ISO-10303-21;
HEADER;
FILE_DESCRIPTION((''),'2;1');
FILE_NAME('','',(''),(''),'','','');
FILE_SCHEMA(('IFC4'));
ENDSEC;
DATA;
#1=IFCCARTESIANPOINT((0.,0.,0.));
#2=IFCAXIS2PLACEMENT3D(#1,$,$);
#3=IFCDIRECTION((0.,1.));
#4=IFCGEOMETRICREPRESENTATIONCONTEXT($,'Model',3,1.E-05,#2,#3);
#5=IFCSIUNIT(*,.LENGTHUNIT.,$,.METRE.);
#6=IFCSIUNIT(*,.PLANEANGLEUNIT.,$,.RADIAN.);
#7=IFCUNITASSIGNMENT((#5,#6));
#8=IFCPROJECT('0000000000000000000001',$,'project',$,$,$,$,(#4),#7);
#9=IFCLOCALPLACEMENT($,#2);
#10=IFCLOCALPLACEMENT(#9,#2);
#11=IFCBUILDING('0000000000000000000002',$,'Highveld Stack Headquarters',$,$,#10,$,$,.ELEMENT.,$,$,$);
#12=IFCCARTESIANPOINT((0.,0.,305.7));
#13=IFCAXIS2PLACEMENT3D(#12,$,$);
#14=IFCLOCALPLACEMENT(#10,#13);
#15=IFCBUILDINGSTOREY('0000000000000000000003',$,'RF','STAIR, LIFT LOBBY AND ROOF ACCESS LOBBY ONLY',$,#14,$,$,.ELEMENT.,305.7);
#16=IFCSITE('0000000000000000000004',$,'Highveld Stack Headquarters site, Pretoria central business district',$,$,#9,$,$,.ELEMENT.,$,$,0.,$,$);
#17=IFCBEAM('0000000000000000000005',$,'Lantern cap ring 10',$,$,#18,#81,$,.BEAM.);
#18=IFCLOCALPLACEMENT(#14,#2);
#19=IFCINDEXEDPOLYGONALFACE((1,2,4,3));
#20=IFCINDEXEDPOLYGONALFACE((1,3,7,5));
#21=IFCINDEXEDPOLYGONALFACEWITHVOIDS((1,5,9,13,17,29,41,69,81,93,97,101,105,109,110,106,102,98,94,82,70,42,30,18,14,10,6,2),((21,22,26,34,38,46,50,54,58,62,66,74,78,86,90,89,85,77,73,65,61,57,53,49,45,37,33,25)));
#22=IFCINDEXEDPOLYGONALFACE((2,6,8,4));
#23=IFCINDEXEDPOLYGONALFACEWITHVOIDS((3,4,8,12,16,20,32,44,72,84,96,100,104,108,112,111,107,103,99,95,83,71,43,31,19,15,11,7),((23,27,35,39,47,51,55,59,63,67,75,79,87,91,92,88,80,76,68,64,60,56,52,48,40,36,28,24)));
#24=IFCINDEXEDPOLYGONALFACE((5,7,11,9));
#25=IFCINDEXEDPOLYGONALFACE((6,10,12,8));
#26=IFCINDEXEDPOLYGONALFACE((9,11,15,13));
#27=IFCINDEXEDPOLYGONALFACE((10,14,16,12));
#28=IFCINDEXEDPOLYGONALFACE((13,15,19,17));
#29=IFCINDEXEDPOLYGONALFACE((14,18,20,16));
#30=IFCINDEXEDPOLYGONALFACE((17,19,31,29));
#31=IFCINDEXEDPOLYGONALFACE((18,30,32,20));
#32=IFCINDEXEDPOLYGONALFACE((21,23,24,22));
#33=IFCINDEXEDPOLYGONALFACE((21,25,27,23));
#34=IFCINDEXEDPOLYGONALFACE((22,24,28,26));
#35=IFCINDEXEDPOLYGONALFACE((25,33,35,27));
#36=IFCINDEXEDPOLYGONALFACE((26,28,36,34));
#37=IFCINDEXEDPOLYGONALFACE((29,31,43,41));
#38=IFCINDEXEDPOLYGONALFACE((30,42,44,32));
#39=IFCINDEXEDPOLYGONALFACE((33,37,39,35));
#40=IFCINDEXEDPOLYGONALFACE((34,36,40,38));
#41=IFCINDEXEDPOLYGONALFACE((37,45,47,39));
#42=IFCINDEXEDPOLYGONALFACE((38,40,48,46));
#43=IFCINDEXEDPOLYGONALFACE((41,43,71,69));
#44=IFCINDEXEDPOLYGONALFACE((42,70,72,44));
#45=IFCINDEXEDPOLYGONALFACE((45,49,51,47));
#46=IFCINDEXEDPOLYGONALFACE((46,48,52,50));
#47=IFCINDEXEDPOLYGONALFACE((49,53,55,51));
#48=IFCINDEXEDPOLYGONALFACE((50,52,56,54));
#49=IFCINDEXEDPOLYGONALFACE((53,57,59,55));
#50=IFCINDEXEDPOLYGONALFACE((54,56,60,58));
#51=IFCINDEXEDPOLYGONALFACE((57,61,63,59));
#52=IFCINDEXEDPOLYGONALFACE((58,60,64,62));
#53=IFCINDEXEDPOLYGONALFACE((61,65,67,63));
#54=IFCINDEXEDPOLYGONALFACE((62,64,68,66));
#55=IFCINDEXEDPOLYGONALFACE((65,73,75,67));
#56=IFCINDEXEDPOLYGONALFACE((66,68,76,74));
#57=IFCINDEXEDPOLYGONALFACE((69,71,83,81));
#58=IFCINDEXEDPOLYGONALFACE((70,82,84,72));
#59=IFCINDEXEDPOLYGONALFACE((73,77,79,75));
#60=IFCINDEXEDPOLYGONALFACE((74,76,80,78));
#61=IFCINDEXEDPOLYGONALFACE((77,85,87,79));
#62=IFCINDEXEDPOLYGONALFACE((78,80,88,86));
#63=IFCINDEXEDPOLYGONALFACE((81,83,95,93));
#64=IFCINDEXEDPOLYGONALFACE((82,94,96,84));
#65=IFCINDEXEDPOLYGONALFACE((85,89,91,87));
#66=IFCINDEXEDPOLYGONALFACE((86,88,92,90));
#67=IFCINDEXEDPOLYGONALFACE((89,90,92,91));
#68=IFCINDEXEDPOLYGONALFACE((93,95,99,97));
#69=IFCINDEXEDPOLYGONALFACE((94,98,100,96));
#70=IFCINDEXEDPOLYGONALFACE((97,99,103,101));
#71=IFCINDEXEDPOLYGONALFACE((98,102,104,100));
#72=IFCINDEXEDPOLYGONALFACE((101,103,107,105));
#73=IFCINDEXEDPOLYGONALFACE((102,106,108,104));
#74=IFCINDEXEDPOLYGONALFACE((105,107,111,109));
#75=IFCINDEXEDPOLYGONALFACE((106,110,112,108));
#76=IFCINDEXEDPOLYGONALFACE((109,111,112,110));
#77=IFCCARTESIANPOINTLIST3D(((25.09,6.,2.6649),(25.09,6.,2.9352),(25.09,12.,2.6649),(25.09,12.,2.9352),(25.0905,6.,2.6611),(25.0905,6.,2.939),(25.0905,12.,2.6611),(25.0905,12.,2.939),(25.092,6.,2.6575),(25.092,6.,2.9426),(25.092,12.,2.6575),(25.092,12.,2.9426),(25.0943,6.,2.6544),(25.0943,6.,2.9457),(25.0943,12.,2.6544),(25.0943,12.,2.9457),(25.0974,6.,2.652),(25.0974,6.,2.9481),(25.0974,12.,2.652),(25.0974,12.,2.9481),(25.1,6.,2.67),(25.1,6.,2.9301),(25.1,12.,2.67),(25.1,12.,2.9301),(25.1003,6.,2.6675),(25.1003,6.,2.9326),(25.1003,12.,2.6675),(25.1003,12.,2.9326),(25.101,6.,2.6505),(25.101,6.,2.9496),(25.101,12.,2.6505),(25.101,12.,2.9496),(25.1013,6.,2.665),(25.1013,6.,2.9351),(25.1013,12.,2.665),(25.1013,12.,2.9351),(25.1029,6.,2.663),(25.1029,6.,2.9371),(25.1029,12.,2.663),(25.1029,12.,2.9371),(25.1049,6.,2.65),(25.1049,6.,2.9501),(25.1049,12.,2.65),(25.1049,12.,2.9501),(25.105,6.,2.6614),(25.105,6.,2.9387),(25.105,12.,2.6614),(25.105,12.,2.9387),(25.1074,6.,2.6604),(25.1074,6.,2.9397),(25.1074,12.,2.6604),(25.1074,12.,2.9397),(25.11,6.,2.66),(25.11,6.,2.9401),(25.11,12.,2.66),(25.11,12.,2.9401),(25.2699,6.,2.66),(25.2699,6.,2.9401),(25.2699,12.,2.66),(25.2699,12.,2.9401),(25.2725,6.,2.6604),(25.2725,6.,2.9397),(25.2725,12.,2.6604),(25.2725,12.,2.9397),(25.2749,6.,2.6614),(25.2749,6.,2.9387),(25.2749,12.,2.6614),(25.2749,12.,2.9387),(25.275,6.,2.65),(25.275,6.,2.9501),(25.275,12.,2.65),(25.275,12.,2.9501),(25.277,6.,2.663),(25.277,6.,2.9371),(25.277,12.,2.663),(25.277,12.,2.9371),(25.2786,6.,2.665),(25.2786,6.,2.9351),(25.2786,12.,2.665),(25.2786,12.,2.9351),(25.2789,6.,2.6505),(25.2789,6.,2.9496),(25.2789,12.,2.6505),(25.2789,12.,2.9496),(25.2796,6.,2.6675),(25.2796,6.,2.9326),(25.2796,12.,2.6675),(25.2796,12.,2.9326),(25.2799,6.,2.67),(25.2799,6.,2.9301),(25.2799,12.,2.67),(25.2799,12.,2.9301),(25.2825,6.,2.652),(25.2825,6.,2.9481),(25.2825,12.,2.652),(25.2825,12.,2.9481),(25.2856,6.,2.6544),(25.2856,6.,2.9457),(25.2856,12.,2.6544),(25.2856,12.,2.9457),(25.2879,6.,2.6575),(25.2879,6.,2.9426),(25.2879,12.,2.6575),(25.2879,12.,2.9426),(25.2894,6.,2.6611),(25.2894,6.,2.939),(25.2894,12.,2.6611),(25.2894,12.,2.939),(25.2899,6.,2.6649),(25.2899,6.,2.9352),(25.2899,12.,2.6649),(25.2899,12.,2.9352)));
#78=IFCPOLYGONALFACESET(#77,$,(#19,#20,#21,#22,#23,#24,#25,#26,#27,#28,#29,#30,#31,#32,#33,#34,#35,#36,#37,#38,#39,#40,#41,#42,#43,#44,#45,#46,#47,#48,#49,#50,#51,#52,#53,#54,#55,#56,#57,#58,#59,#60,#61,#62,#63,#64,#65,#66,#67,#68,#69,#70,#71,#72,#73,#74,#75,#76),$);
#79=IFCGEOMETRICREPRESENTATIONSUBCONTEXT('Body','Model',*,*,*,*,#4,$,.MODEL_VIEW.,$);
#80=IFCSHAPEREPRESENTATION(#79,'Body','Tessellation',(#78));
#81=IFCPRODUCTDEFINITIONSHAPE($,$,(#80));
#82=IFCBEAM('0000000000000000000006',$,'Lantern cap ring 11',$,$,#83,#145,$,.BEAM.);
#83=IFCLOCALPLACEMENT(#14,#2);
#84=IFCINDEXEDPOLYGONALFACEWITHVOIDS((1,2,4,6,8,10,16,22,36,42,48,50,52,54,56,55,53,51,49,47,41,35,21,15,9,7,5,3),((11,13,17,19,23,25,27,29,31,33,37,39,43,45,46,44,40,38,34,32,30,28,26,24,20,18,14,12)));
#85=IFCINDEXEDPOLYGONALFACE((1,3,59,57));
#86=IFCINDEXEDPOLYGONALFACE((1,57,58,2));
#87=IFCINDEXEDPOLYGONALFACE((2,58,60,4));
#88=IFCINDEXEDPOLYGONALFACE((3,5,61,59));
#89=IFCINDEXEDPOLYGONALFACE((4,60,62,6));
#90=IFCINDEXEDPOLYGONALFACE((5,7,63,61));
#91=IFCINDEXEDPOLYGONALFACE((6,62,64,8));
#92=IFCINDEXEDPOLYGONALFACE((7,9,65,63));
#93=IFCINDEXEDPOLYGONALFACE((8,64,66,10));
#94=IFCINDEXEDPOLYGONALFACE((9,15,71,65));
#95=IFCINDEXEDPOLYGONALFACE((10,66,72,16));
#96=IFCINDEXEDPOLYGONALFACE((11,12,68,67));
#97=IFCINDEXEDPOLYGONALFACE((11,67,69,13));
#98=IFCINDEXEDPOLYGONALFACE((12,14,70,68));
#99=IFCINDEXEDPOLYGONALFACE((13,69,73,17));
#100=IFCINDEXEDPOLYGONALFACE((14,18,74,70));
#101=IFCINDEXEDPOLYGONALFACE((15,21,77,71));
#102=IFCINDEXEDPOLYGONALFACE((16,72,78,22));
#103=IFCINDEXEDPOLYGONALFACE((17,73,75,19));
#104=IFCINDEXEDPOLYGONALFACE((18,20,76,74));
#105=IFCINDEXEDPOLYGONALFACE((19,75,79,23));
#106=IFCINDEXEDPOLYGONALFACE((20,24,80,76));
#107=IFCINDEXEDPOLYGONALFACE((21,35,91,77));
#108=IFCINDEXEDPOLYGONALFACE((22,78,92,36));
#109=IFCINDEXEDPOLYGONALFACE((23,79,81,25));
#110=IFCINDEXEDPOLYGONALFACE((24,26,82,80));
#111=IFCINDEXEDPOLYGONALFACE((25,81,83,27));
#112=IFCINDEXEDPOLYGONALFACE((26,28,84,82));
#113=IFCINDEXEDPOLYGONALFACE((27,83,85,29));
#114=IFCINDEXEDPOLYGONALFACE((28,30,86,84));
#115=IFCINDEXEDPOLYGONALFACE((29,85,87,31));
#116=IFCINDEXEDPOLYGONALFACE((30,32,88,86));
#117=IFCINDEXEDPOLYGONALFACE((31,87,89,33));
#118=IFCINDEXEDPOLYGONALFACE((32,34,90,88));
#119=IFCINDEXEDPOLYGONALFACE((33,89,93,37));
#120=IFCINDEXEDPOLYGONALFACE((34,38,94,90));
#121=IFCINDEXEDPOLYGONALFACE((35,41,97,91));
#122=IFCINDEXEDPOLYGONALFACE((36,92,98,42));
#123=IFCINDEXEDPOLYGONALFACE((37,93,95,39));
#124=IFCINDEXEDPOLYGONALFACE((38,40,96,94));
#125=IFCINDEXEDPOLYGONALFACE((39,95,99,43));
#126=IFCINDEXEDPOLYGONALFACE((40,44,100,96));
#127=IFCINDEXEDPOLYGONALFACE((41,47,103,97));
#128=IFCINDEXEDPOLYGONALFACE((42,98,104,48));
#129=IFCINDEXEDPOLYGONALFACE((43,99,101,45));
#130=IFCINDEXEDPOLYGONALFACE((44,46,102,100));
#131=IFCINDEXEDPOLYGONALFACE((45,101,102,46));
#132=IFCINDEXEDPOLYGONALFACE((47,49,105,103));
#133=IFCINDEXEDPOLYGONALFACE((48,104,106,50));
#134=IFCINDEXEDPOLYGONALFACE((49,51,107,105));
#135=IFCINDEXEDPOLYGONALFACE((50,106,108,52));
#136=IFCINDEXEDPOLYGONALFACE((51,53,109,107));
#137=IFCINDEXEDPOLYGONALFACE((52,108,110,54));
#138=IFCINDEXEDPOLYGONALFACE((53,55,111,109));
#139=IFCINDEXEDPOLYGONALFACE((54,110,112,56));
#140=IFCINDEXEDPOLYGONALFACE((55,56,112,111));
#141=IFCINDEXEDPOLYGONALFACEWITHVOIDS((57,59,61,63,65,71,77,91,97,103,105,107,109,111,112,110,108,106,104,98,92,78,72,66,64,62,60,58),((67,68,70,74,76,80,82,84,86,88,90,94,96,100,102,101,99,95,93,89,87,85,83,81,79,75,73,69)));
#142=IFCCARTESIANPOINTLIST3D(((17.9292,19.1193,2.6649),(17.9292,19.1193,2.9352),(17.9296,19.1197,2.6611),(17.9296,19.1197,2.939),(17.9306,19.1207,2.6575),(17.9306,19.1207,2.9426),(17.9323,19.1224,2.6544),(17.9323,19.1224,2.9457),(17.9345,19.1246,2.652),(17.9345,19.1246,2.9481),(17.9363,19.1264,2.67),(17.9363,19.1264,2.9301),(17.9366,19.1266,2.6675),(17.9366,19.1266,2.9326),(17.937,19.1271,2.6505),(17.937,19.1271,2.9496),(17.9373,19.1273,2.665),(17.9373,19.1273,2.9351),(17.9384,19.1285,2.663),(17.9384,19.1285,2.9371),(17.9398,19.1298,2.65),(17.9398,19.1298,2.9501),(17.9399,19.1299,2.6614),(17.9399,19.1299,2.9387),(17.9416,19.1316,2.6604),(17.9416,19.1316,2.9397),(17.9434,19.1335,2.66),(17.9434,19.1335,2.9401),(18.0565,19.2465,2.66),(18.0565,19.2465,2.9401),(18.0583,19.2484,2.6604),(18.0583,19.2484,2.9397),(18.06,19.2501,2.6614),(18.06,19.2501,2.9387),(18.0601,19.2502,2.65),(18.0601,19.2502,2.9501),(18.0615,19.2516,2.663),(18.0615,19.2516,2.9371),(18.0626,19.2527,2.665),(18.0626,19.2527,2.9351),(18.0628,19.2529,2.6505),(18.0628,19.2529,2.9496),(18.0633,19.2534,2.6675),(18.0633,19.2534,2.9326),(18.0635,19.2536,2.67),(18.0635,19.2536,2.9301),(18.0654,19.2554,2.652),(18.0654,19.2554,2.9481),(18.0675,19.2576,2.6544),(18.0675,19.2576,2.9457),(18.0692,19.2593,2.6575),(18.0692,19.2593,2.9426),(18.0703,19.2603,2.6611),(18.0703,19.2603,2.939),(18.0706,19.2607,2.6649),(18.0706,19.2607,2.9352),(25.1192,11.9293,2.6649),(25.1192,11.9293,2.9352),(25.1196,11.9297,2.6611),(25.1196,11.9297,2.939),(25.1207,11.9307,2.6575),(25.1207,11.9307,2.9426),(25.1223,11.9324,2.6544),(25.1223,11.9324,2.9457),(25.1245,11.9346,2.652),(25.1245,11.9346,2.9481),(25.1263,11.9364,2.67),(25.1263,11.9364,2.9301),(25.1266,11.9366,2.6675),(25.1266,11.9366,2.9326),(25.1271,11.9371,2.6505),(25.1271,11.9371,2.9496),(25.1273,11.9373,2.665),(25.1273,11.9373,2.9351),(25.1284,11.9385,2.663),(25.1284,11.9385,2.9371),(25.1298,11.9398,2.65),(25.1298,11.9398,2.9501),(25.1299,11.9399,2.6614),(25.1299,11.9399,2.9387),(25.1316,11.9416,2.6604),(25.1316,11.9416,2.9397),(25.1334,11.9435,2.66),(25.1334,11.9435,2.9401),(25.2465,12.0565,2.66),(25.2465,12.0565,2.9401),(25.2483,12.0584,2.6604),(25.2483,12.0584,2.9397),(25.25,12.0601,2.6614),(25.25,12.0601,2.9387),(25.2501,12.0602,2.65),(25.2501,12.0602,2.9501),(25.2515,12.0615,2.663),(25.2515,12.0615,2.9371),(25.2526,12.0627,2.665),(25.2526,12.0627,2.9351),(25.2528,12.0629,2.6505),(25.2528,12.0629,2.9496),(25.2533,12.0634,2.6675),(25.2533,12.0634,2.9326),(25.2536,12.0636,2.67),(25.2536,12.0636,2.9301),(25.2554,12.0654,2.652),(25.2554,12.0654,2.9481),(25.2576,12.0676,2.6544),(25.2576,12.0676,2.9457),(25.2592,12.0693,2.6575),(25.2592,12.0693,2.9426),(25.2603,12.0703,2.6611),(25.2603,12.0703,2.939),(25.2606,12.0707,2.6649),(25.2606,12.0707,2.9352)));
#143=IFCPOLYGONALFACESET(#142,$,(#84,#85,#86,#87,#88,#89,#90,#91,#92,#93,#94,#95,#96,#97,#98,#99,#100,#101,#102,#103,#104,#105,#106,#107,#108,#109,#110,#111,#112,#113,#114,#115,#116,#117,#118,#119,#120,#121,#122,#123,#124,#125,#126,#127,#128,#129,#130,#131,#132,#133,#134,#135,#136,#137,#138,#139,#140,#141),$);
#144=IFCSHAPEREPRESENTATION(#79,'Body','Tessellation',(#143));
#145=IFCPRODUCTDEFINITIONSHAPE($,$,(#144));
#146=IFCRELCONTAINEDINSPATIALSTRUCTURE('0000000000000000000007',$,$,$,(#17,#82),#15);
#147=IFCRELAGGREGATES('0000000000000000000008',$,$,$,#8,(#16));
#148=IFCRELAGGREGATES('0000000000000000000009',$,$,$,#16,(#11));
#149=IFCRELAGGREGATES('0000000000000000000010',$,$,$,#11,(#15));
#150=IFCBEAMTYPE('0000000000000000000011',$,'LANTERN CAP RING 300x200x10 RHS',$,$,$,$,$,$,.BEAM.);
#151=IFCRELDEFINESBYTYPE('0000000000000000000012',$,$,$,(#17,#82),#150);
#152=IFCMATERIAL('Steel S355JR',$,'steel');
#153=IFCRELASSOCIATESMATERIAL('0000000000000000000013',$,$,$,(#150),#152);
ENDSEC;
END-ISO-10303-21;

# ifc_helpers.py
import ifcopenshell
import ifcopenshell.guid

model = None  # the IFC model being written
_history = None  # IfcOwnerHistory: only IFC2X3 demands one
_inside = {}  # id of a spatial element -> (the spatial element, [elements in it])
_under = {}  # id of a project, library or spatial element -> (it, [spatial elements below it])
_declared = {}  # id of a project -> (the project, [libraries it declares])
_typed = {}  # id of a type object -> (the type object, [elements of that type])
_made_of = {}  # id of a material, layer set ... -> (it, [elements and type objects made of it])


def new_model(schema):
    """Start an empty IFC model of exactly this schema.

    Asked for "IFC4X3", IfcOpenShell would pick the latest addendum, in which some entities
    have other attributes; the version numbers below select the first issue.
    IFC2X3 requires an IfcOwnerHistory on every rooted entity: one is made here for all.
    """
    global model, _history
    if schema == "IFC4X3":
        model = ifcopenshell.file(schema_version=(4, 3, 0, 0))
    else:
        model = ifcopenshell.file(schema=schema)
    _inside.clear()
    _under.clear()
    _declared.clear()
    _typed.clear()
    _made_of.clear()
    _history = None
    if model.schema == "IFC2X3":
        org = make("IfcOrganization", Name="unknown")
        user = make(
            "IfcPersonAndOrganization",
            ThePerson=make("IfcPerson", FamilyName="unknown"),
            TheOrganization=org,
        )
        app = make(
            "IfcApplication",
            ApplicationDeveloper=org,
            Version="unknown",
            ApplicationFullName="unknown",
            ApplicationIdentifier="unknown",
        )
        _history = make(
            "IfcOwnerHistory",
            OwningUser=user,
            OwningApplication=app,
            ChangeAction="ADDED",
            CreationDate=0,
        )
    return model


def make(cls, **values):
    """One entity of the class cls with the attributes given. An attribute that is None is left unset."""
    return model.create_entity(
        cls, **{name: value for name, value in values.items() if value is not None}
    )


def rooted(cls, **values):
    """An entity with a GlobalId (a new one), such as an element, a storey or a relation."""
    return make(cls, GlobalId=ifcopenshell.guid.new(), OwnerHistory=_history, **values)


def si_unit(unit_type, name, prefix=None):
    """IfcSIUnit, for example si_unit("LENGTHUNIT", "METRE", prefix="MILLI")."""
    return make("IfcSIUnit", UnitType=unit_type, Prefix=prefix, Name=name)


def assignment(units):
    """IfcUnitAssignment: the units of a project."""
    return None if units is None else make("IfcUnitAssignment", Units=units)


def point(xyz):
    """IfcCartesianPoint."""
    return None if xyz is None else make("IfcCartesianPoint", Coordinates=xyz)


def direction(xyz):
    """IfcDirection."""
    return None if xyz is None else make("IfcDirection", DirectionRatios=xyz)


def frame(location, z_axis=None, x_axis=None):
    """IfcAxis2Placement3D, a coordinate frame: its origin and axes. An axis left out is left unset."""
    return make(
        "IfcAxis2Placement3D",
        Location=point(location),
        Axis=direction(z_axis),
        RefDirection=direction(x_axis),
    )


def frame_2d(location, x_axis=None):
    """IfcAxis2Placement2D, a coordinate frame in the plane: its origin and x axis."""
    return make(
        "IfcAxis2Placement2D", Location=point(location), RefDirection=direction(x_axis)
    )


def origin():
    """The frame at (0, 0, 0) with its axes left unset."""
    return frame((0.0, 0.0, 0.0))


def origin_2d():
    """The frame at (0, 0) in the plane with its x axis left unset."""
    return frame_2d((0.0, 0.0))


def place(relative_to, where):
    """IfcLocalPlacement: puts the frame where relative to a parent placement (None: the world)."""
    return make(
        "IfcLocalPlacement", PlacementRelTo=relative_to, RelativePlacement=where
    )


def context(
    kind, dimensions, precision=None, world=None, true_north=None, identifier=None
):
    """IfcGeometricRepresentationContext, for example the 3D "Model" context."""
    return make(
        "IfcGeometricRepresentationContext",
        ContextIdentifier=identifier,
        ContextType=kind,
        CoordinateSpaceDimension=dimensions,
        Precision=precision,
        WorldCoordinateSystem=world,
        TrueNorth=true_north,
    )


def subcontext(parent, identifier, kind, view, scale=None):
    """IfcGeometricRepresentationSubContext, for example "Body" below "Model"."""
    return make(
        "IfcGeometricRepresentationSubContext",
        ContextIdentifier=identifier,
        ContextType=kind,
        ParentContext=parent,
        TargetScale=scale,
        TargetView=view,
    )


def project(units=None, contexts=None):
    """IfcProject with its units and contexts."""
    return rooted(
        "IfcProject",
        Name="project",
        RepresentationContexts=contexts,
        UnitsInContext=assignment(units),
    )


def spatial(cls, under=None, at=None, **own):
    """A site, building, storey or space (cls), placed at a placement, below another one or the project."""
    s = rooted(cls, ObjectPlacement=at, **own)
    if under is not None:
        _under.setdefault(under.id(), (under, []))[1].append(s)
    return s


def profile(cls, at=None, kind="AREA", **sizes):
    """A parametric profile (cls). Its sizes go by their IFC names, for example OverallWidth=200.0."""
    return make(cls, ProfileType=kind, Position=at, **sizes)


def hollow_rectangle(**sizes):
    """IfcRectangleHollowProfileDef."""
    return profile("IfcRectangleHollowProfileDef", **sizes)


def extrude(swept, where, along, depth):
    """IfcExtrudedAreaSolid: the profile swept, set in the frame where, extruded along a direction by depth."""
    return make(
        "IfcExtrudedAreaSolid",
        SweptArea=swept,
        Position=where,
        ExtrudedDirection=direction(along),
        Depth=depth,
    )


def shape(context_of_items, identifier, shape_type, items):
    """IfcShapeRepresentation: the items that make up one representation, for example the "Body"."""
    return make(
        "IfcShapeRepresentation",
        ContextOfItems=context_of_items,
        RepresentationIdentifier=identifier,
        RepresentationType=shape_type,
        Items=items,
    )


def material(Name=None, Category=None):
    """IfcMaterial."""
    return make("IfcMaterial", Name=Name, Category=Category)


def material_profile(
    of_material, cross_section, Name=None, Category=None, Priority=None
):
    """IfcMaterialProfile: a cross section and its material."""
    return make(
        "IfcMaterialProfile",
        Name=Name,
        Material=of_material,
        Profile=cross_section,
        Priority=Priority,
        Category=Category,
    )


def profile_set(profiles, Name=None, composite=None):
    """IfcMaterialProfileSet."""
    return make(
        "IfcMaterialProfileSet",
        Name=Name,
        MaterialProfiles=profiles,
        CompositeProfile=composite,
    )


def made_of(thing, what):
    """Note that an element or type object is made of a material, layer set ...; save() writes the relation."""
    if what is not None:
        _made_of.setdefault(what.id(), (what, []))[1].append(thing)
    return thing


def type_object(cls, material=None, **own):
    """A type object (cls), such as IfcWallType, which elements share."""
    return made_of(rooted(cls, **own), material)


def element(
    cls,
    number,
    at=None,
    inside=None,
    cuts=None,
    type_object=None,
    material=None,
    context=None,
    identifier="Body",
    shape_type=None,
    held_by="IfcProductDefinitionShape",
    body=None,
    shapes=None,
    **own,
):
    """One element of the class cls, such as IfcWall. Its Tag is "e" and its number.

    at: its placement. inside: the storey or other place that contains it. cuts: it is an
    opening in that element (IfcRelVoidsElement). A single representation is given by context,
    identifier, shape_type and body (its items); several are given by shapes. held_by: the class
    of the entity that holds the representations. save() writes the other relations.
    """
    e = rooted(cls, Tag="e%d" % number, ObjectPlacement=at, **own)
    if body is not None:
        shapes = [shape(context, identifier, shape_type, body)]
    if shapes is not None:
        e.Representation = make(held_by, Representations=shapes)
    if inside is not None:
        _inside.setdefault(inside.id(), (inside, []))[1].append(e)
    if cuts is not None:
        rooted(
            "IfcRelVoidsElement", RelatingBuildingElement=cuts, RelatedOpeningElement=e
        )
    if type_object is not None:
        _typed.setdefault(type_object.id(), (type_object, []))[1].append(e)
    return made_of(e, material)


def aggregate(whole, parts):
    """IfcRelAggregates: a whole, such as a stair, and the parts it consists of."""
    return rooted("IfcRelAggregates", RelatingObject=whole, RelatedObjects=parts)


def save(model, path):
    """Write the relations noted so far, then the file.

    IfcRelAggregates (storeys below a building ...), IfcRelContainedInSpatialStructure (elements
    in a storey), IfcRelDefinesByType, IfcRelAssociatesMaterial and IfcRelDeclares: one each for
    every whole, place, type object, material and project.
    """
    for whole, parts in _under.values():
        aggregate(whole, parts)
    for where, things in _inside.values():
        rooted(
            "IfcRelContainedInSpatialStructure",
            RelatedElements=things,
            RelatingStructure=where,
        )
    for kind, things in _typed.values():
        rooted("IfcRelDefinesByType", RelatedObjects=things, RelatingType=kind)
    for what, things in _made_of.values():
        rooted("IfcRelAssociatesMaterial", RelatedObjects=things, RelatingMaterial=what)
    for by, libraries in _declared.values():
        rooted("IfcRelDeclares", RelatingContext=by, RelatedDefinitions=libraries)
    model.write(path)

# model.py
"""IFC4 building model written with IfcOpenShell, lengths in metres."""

from ifc_helpers import new_model, si_unit, direction, frame, origin, origin_2d, place, context, subcontext, project, spatial, hollow_rectangle, extrude, material, material_profile, profile_set, type_object, element, save


model = new_model("IFC4")

# Units and contexts
model_context = context("Model", 3, precision=1e-05, world=origin(), true_north=direction((0.0, 1.0)))
body_context = subcontext(model_context, "Body", "Model", "MODEL_VIEW")
ifc_project = project(units=[si_unit("LENGTHUNIT", "METRE"), si_unit("PLANEANGLEUNIT", "RADIAN")], contexts=[model_context])

# Site, building, storey
site_placement = place(None, origin())
site = spatial("IfcSite", under=ifc_project, at=site_placement, Name="Highveld Stack Headquarters site, Pretoria central business district", CompositionType="ELEMENT", RefElevation=0.0)
building_placement = place(site_placement, origin())
building = spatial("IfcBuilding", under=site, at=building_placement, Name="Highveld Stack Headquarters", CompositionType="ELEMENT")
storey_placement = place(building_placement, frame((0.0, 0.0, 305.7)))
storey = spatial("IfcBuildingStorey", under=building, at=storey_placement, Name="RF", Description="STAIR, LIFT LOBBY AND ROOF ACCESS LOBBY ONLY", CompositionType="ELEMENT", Elevation=305.7)

# Beams
ifc_material_1 = material(Name="Steel S355JR", Category="steel")
ifc_material_profile_1 = material_profile(ifc_material_1, hollow_rectangle(XDim=0.2, YDim=0.3, WallThickness=0.01, InnerFilletRadius=0.01, OuterFilletRadius=0.0149, at=origin_2d()), Name="300x200x10 RHS")
ifc_profile_set_1 = profile_set([ifc_material_profile_1], Name="Steel S355JR")
beam_type_1 = type_object("IfcBeamType", Name="LANTERN CAP RING 300x200x10 RHS", PredefinedType="BEAM", material=ifc_profile_set_1)
beam_1_placement = place(storey_placement, frame((25.1899, 6.0, 2.8), z_axis=(0.0, 1.0, 0.0), x_axis=(-1.0, 0.0, 0.0)))
element("IfcBeam", 1, at=beam_1_placement, inside=storey, type_object=beam_type_1, Name="Lantern cap ring 10", PredefinedType="BEAM", context=body_context, shape_type="SweptSolid", body=[
    extrude(hollow_rectangle(XDim=0.2, YDim=0.3, WallThickness=0.01, InnerFilletRadius=0.01, OuterFilletRadius=0.0149, at=origin_2d()), origin(), (0.0, 0.0, 1.0), 6.0),
])
beam_2_placement = place(storey_placement, frame((25.1899, 12.0, 2.8), z_axis=(-0.707107, 0.707107, 0.0), x_axis=(-0.707107, -0.707107, 0.0)))
element("IfcBeam", 2, at=beam_2_placement, inside=storey, type_object=beam_type_1, Name="Lantern cap ring 11", PredefinedType="BEAM", context=body_context, shape_type="SweptSolid", body=[
    extrude(hollow_rectangle(XDim=0.2, YDim=0.3, WallThickness=0.01, InnerFilletRadius=0.01, OuterFilletRadius=0.0149, at=origin_2d()), origin(), (0.0, 0.0, 1.0), 10.1682),
])

save(model, "model.ifc")
